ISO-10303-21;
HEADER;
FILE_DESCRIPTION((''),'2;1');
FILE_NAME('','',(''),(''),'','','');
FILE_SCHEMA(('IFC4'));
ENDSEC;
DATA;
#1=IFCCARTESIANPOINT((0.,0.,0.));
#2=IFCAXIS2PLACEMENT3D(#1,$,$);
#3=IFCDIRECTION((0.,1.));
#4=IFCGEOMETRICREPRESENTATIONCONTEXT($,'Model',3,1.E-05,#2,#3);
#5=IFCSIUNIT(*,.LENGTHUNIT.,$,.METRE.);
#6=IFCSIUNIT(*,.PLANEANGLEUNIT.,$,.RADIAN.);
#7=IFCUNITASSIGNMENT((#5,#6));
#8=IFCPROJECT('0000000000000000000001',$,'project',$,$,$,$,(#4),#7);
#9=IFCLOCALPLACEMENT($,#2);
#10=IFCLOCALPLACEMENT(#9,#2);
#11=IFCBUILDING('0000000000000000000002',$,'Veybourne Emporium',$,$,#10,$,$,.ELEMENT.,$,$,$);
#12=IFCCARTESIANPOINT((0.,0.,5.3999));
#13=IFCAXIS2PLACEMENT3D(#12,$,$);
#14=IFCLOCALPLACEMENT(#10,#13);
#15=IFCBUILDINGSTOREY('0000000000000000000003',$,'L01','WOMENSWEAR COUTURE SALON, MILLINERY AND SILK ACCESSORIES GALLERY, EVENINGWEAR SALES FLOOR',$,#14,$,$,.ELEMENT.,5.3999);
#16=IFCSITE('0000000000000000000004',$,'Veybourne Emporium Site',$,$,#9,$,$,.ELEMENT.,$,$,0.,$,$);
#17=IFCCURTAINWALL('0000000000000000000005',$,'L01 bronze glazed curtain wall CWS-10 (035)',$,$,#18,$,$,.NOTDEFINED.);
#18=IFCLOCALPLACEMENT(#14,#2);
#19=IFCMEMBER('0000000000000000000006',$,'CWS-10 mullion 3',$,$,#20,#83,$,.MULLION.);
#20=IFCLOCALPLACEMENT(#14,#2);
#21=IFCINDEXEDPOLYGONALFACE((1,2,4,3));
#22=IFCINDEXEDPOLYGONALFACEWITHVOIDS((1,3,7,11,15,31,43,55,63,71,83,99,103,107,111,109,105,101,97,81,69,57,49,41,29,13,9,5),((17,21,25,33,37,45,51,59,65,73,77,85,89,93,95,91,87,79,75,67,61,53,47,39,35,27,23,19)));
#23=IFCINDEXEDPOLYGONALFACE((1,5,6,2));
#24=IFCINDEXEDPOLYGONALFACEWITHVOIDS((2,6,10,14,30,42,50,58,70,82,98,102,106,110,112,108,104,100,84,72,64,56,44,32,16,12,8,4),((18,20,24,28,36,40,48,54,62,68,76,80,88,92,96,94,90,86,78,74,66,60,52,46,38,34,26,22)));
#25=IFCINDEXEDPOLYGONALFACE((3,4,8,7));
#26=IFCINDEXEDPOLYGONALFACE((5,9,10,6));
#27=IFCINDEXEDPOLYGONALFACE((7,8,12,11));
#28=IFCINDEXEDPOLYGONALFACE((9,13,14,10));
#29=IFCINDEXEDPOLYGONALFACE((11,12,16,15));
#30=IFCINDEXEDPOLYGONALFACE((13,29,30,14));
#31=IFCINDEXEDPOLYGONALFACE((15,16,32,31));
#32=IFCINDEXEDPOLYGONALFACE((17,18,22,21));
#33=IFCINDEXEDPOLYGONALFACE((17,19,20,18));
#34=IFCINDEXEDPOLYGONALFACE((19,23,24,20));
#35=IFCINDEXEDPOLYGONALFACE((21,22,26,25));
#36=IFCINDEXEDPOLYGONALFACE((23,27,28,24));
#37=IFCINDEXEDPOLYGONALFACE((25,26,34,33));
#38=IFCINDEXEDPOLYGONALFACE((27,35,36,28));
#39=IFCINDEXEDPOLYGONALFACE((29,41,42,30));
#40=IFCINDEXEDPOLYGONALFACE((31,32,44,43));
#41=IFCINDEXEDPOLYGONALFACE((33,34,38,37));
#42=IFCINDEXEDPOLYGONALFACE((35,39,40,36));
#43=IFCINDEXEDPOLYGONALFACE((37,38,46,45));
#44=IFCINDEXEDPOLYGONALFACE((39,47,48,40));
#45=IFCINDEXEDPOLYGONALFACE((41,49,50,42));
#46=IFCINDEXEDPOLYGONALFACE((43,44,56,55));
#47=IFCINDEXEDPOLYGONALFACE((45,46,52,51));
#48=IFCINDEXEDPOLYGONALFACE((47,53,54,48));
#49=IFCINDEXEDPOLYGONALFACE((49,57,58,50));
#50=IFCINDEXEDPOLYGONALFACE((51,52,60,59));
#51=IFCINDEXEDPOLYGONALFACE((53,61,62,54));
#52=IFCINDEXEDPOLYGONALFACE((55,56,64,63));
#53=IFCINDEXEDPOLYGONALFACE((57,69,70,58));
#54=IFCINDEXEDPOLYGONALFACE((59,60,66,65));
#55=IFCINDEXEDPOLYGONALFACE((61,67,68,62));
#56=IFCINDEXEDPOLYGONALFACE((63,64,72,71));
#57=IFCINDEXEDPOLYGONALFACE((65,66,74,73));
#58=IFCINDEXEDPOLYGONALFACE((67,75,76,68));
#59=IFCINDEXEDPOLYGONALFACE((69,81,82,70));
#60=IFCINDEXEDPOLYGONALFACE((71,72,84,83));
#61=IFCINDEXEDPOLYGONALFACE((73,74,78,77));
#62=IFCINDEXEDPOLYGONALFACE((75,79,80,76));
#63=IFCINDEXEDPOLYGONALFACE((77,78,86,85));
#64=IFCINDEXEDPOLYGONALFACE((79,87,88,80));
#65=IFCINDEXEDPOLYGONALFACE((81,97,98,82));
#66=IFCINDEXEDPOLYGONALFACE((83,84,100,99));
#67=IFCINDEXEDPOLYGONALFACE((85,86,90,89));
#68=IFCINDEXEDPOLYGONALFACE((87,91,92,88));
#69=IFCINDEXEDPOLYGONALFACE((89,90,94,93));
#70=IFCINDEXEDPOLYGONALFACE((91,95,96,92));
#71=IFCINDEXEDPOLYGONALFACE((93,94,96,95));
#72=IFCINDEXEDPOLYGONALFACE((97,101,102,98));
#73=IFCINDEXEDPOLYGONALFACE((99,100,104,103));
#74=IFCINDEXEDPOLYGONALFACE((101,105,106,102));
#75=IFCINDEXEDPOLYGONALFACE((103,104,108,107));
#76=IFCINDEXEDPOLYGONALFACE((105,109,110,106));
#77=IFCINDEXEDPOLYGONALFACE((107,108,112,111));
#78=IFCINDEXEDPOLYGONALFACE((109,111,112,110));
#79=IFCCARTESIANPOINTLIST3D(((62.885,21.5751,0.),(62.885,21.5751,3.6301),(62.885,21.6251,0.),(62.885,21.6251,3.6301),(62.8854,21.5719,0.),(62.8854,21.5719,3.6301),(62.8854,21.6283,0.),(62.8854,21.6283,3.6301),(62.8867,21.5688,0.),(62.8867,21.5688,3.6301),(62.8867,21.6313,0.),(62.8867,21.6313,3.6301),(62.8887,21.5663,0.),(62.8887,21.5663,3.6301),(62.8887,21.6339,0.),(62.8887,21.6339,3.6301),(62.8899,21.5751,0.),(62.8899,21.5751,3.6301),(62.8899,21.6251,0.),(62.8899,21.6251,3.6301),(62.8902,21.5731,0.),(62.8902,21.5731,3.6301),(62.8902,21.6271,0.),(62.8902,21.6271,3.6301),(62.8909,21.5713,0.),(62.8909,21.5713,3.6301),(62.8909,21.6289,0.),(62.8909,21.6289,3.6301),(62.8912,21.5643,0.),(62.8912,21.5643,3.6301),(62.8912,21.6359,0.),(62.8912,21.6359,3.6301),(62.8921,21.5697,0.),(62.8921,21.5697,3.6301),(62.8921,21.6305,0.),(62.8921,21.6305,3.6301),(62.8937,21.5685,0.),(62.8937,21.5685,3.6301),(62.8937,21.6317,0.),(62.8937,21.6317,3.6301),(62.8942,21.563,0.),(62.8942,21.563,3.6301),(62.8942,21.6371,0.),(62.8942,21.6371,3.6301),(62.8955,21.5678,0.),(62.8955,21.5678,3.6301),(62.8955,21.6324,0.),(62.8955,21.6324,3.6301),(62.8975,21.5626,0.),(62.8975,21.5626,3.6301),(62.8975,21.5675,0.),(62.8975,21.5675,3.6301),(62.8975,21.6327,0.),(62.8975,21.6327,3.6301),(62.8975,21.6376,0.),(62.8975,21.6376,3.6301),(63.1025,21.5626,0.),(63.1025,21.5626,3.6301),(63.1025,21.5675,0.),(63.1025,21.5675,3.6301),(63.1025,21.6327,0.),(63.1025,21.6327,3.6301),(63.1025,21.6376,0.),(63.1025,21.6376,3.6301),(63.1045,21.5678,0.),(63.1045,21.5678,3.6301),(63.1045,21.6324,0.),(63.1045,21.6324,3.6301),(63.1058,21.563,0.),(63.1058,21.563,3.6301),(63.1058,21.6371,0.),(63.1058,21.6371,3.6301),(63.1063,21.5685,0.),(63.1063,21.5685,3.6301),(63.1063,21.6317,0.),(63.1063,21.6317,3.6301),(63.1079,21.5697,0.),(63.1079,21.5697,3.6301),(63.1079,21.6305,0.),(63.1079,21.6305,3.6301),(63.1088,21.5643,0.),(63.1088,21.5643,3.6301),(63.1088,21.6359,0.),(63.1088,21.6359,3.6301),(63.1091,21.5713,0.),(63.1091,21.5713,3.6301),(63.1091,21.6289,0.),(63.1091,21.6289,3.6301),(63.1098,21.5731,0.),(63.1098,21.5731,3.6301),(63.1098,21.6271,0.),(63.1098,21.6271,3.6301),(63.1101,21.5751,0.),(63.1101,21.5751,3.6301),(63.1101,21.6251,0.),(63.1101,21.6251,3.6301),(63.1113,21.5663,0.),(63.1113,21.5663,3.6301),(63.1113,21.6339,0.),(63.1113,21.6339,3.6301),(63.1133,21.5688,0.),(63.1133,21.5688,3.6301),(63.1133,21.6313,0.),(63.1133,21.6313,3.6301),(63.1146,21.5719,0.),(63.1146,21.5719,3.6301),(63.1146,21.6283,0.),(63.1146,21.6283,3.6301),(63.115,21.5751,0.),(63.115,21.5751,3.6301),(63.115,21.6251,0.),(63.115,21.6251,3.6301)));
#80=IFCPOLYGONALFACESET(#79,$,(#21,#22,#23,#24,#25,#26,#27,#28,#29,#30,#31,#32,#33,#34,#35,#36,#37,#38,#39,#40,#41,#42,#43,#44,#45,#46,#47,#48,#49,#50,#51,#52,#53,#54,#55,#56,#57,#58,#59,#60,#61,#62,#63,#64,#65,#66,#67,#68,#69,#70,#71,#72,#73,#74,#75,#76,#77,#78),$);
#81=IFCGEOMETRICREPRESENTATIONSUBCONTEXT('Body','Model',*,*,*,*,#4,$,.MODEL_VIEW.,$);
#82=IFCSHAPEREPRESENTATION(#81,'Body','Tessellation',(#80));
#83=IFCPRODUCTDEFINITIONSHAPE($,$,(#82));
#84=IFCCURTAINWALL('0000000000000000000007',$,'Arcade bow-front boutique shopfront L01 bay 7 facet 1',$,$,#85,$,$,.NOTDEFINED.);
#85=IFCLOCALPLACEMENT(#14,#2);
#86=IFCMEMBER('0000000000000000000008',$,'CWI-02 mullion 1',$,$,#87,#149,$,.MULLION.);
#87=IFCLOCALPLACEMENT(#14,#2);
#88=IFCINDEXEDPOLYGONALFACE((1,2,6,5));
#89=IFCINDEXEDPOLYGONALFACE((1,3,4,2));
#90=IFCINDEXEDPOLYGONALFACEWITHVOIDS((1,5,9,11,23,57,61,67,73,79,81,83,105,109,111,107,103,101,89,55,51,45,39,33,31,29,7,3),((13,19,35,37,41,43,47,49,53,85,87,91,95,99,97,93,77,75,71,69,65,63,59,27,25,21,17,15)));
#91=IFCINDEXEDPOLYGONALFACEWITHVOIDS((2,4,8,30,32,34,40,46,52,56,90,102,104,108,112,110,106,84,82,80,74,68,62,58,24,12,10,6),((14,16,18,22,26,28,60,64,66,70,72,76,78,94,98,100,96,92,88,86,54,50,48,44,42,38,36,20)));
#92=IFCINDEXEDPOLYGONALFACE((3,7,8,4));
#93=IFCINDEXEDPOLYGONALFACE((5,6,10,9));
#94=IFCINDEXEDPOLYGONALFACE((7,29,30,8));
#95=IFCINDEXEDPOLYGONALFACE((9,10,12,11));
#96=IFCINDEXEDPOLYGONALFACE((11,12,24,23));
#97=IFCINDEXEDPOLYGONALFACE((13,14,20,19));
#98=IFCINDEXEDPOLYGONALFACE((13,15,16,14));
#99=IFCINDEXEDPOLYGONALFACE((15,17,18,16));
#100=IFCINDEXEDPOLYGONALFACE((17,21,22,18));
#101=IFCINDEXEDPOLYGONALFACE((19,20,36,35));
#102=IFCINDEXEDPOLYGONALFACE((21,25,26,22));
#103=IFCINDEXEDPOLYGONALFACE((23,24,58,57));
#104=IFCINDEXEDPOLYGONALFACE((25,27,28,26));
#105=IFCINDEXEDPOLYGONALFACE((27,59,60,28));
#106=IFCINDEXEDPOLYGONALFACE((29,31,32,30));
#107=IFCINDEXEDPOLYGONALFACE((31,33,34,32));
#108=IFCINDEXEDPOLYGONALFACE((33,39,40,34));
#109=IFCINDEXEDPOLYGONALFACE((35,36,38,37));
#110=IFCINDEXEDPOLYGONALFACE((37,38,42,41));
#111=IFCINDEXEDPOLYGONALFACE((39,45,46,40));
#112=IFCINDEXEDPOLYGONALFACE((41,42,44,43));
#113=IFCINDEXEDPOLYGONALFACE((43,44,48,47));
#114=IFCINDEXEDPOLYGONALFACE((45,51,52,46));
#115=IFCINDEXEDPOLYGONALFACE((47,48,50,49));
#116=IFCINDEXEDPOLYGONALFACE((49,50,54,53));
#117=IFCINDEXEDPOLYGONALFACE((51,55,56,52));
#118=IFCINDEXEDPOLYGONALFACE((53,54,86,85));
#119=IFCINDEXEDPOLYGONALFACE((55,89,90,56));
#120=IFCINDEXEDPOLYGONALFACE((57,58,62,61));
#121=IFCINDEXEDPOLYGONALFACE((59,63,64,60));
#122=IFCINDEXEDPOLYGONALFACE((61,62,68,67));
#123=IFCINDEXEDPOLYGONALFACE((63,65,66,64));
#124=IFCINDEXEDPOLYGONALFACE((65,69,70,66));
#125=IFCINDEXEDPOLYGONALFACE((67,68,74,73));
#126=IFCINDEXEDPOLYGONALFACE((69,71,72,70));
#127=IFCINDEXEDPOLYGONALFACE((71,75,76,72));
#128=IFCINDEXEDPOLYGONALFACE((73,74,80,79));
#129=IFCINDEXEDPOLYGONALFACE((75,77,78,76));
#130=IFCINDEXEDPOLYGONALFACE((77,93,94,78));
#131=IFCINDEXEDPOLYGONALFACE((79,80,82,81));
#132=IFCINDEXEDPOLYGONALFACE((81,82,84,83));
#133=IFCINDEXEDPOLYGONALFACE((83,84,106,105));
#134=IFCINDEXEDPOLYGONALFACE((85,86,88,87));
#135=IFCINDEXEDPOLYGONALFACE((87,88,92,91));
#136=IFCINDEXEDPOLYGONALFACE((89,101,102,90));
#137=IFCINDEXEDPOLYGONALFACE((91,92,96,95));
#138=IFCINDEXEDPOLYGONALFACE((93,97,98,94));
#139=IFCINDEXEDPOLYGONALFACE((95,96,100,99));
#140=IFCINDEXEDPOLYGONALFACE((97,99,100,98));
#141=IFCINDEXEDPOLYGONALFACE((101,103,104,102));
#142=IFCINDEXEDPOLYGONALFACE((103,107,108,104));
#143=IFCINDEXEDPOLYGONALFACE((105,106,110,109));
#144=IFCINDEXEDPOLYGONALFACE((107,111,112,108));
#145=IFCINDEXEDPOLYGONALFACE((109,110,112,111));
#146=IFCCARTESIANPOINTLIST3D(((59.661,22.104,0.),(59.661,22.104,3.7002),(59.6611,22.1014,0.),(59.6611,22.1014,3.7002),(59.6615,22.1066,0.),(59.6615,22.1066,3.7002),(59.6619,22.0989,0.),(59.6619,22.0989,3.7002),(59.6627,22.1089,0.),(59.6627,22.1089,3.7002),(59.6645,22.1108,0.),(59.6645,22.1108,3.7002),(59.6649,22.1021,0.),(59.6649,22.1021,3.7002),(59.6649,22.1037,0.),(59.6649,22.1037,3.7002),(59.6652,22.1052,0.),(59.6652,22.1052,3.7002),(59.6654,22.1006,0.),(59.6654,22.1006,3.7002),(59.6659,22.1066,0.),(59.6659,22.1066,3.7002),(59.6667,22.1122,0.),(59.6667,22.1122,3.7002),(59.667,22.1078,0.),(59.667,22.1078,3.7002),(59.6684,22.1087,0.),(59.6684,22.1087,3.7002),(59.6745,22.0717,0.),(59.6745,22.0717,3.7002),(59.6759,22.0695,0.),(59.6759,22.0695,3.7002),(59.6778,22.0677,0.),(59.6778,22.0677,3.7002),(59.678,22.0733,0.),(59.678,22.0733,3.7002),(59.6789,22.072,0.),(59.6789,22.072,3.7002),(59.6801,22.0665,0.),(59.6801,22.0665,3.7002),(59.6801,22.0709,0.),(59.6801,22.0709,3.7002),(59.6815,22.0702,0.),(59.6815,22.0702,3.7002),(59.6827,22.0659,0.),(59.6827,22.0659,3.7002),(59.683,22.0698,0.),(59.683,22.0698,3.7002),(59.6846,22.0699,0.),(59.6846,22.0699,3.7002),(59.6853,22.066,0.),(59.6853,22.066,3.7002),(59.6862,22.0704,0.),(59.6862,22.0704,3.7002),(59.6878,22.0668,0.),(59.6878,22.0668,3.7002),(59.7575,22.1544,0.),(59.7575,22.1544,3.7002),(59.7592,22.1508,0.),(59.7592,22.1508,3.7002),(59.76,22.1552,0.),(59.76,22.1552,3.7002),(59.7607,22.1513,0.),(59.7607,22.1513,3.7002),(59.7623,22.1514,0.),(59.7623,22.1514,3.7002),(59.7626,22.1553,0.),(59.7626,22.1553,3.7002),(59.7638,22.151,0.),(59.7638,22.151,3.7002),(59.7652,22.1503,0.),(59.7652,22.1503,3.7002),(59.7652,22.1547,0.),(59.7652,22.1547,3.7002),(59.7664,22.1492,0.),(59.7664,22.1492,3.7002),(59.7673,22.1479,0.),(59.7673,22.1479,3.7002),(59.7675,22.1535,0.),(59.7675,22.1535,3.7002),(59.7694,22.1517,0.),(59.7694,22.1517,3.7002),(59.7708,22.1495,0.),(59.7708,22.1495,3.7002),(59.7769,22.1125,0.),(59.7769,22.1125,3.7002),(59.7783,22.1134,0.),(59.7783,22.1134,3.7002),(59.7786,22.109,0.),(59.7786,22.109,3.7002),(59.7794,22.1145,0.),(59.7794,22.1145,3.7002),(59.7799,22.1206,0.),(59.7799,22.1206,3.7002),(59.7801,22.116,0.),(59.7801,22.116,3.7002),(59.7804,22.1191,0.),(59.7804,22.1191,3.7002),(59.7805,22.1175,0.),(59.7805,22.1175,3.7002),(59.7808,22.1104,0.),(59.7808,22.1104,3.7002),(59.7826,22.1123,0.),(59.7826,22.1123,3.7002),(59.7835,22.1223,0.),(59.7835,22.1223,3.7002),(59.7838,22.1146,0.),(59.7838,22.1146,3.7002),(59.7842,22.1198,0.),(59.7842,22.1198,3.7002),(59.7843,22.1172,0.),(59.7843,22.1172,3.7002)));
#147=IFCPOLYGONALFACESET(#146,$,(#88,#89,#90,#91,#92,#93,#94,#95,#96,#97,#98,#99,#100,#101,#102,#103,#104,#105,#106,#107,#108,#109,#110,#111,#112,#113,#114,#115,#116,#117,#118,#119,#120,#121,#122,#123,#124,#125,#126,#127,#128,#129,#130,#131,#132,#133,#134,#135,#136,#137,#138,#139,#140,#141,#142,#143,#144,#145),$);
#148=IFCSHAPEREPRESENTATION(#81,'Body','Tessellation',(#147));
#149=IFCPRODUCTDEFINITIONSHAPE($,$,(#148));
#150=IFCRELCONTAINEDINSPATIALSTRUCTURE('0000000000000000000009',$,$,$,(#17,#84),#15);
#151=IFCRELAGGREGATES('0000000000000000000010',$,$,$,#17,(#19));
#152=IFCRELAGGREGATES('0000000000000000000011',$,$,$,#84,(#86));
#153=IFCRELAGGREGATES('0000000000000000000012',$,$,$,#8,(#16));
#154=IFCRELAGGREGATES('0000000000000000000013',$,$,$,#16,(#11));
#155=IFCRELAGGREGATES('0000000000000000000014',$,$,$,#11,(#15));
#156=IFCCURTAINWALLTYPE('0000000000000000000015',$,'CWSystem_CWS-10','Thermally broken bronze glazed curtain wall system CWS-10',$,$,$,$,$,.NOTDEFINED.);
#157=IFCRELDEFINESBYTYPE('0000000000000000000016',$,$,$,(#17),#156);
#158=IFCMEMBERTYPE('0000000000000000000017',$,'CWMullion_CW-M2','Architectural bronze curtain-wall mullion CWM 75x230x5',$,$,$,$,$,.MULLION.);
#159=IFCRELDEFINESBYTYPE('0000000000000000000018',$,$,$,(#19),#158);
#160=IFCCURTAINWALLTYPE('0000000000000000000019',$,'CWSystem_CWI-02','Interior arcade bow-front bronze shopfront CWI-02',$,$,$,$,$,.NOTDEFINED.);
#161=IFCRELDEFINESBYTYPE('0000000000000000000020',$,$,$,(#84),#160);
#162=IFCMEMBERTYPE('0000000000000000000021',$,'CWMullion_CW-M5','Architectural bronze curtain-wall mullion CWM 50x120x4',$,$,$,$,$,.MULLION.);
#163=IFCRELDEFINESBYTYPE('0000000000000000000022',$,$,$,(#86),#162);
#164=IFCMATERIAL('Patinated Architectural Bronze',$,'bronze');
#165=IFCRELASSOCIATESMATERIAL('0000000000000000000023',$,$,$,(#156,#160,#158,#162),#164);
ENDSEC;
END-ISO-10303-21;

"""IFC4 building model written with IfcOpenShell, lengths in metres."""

from ifc_helpers import new_model, si_unit, direction, frame, origin, origin_2d, place, context, subcontext, project, spatial, hollow_rectangle, extrude, material, material_profile, profile_set, type_object, element, aggregate, save


model = new_model("IFC4")

# Units and contexts
model_context = context("Model", 3, precision=1e-05, world=origin(), true_north=direction((0.0, 1.0)))
body_context = subcontext(model_context, "Body", "Model", "MODEL_VIEW")
ifc_project = project(units=[si_unit("LENGTHUNIT", "METRE"), si_unit("PLANEANGLEUNIT", "RADIAN")], contexts=[model_context])

# Site, building, storey
site_placement = place(None, origin())
site = spatial("IfcSite", under=ifc_project, at=site_placement, Name="Veybourne Emporium Site", CompositionType="ELEMENT", RefElevation=0.0)
building_placement = place(site_placement, origin())
building = spatial("IfcBuilding", under=site, at=building_placement, Name="Veybourne Emporium", CompositionType="ELEMENT")
storey_placement = place(building_placement, frame((0.0, 0.0, 5.3999)))
storey = spatial("IfcBuildingStorey", under=building, at=storey_placement, Name="L01", Description="WOMENSWEAR COUTURE SALON, MILLINERY AND SILK ACCESSORIES GALLERY, EVENINGWEAR SALES FLOOR", CompositionType="ELEMENT", Elevation=5.3999)

# Curtain wall, member
ifc_material_1 = material(Name="Patinated Architectural Bronze", Category="bronze")
curtain_wall_type_1 = type_object("IfcCurtainWallType", Name="CWSystem_CWS-10", Description="Thermally broken bronze glazed curtain wall system CWS-10", PredefinedType="NOTDEFINED", material=ifc_material_1)
curtain_wall_1_placement = place(storey_placement, origin())
curtain_wall_1 = element("IfcCurtainWall", 1, at=curtain_wall_1_placement, inside=storey, type_object=curtain_wall_type_1, Name="L01 bronze glazed curtain wall CWS-10 (035)", PredefinedType="NOTDEFINED")
ifc_material_profile_1 = material_profile(ifc_material_1, hollow_rectangle(XDim=0.075, YDim=0.23, WallThickness=0.0049, InnerFilletRadius=0.0076, OuterFilletRadius=0.0125, at=origin_2d()), Name="CWM 75x230x5")
ifc_profile_set_1 = profile_set([ifc_material_profile_1], Name="Patinated Architectural Bronze")
member_type_1 = type_object("IfcMemberType", Name="CWMullion_CW-M2", Description="Architectural bronze curtain-wall mullion CWM 75x230x5", PredefinedType="MULLION", material=ifc_profile_set_1)
member_1_placement = place(storey_placement, frame((63.0, 21.6001, 0.0), z_axis=(0.0, 0.0, 1.0), x_axis=(0.0, -1.0, 0.0)))
member_1 = element("IfcMember", 2, at=member_1_placement, type_object=member_type_1, Name="CWS-10 mullion 3", PredefinedType="MULLION", context=body_context, shape_type="SweptSolid", body=[
    extrude(hollow_rectangle(XDim=0.075, YDim=0.23, WallThickness=0.0049, InnerFilletRadius=0.0076, OuterFilletRadius=0.0125, at=origin_2d()), origin(), (0.0, 0.0, 1.0), 3.6301),
])

# Curtain wall, member
curtain_wall_type_2 = type_object("IfcCurtainWallType", Name="CWSystem_CWI-02", Description="Interior arcade bow-front bronze shopfront CWI-02", PredefinedType="NOTDEFINED", material=ifc_material_1)
curtain_wall_2_placement = place(storey_placement, origin())
curtain_wall_2 = element("IfcCurtainWall", 3, at=curtain_wall_2_placement, inside=storey, type_object=curtain_wall_type_2, Name="Arcade bow-front boutique shopfront L01 bay 7 facet 1", PredefinedType="NOTDEFINED")
ifc_material_profile_2 = material_profile(ifc_material_1, hollow_rectangle(XDim=0.05, YDim=0.1201, WallThickness=0.0039, InnerFilletRadius=0.0061, OuterFilletRadius=0.01, at=origin_2d()), Name="CWM 50x120x4")
ifc_profile_set_2 = profile_set([ifc_material_profile_2], Name="Patinated Architectural Bronze")
member_type_2 = type_object("IfcMemberType", Name="CWMullion_CW-M5", Description="Architectural bronze curtain-wall mullion CWM 50x120x4", PredefinedType="MULLION", material=ifc_profile_set_2)
member_2_placement = place(storey_placement, frame((59.7227, 22.1106, 0.0), z_axis=(0.0, 0.0, 1.0), x_axis=(-0.421111, 0.907009, 0.0)))
member_2 = element("IfcMember", 4, at=member_2_placement, type_object=member_type_2, Name="CWI-02 mullion 1", PredefinedType="MULLION", context=body_context, shape_type="SweptSolid", body=[
    extrude(hollow_rectangle(XDim=0.05, YDim=0.1201, WallThickness=0.0039, InnerFilletRadius=0.0061, OuterFilletRadius=0.01, at=origin_2d()), origin(), (0.0, 0.0, 1.0), 3.7002),
])

aggregate(curtain_wall_1, [member_1])
aggregate(curtain_wall_2, [member_2])

save(model, "model.ifc")
